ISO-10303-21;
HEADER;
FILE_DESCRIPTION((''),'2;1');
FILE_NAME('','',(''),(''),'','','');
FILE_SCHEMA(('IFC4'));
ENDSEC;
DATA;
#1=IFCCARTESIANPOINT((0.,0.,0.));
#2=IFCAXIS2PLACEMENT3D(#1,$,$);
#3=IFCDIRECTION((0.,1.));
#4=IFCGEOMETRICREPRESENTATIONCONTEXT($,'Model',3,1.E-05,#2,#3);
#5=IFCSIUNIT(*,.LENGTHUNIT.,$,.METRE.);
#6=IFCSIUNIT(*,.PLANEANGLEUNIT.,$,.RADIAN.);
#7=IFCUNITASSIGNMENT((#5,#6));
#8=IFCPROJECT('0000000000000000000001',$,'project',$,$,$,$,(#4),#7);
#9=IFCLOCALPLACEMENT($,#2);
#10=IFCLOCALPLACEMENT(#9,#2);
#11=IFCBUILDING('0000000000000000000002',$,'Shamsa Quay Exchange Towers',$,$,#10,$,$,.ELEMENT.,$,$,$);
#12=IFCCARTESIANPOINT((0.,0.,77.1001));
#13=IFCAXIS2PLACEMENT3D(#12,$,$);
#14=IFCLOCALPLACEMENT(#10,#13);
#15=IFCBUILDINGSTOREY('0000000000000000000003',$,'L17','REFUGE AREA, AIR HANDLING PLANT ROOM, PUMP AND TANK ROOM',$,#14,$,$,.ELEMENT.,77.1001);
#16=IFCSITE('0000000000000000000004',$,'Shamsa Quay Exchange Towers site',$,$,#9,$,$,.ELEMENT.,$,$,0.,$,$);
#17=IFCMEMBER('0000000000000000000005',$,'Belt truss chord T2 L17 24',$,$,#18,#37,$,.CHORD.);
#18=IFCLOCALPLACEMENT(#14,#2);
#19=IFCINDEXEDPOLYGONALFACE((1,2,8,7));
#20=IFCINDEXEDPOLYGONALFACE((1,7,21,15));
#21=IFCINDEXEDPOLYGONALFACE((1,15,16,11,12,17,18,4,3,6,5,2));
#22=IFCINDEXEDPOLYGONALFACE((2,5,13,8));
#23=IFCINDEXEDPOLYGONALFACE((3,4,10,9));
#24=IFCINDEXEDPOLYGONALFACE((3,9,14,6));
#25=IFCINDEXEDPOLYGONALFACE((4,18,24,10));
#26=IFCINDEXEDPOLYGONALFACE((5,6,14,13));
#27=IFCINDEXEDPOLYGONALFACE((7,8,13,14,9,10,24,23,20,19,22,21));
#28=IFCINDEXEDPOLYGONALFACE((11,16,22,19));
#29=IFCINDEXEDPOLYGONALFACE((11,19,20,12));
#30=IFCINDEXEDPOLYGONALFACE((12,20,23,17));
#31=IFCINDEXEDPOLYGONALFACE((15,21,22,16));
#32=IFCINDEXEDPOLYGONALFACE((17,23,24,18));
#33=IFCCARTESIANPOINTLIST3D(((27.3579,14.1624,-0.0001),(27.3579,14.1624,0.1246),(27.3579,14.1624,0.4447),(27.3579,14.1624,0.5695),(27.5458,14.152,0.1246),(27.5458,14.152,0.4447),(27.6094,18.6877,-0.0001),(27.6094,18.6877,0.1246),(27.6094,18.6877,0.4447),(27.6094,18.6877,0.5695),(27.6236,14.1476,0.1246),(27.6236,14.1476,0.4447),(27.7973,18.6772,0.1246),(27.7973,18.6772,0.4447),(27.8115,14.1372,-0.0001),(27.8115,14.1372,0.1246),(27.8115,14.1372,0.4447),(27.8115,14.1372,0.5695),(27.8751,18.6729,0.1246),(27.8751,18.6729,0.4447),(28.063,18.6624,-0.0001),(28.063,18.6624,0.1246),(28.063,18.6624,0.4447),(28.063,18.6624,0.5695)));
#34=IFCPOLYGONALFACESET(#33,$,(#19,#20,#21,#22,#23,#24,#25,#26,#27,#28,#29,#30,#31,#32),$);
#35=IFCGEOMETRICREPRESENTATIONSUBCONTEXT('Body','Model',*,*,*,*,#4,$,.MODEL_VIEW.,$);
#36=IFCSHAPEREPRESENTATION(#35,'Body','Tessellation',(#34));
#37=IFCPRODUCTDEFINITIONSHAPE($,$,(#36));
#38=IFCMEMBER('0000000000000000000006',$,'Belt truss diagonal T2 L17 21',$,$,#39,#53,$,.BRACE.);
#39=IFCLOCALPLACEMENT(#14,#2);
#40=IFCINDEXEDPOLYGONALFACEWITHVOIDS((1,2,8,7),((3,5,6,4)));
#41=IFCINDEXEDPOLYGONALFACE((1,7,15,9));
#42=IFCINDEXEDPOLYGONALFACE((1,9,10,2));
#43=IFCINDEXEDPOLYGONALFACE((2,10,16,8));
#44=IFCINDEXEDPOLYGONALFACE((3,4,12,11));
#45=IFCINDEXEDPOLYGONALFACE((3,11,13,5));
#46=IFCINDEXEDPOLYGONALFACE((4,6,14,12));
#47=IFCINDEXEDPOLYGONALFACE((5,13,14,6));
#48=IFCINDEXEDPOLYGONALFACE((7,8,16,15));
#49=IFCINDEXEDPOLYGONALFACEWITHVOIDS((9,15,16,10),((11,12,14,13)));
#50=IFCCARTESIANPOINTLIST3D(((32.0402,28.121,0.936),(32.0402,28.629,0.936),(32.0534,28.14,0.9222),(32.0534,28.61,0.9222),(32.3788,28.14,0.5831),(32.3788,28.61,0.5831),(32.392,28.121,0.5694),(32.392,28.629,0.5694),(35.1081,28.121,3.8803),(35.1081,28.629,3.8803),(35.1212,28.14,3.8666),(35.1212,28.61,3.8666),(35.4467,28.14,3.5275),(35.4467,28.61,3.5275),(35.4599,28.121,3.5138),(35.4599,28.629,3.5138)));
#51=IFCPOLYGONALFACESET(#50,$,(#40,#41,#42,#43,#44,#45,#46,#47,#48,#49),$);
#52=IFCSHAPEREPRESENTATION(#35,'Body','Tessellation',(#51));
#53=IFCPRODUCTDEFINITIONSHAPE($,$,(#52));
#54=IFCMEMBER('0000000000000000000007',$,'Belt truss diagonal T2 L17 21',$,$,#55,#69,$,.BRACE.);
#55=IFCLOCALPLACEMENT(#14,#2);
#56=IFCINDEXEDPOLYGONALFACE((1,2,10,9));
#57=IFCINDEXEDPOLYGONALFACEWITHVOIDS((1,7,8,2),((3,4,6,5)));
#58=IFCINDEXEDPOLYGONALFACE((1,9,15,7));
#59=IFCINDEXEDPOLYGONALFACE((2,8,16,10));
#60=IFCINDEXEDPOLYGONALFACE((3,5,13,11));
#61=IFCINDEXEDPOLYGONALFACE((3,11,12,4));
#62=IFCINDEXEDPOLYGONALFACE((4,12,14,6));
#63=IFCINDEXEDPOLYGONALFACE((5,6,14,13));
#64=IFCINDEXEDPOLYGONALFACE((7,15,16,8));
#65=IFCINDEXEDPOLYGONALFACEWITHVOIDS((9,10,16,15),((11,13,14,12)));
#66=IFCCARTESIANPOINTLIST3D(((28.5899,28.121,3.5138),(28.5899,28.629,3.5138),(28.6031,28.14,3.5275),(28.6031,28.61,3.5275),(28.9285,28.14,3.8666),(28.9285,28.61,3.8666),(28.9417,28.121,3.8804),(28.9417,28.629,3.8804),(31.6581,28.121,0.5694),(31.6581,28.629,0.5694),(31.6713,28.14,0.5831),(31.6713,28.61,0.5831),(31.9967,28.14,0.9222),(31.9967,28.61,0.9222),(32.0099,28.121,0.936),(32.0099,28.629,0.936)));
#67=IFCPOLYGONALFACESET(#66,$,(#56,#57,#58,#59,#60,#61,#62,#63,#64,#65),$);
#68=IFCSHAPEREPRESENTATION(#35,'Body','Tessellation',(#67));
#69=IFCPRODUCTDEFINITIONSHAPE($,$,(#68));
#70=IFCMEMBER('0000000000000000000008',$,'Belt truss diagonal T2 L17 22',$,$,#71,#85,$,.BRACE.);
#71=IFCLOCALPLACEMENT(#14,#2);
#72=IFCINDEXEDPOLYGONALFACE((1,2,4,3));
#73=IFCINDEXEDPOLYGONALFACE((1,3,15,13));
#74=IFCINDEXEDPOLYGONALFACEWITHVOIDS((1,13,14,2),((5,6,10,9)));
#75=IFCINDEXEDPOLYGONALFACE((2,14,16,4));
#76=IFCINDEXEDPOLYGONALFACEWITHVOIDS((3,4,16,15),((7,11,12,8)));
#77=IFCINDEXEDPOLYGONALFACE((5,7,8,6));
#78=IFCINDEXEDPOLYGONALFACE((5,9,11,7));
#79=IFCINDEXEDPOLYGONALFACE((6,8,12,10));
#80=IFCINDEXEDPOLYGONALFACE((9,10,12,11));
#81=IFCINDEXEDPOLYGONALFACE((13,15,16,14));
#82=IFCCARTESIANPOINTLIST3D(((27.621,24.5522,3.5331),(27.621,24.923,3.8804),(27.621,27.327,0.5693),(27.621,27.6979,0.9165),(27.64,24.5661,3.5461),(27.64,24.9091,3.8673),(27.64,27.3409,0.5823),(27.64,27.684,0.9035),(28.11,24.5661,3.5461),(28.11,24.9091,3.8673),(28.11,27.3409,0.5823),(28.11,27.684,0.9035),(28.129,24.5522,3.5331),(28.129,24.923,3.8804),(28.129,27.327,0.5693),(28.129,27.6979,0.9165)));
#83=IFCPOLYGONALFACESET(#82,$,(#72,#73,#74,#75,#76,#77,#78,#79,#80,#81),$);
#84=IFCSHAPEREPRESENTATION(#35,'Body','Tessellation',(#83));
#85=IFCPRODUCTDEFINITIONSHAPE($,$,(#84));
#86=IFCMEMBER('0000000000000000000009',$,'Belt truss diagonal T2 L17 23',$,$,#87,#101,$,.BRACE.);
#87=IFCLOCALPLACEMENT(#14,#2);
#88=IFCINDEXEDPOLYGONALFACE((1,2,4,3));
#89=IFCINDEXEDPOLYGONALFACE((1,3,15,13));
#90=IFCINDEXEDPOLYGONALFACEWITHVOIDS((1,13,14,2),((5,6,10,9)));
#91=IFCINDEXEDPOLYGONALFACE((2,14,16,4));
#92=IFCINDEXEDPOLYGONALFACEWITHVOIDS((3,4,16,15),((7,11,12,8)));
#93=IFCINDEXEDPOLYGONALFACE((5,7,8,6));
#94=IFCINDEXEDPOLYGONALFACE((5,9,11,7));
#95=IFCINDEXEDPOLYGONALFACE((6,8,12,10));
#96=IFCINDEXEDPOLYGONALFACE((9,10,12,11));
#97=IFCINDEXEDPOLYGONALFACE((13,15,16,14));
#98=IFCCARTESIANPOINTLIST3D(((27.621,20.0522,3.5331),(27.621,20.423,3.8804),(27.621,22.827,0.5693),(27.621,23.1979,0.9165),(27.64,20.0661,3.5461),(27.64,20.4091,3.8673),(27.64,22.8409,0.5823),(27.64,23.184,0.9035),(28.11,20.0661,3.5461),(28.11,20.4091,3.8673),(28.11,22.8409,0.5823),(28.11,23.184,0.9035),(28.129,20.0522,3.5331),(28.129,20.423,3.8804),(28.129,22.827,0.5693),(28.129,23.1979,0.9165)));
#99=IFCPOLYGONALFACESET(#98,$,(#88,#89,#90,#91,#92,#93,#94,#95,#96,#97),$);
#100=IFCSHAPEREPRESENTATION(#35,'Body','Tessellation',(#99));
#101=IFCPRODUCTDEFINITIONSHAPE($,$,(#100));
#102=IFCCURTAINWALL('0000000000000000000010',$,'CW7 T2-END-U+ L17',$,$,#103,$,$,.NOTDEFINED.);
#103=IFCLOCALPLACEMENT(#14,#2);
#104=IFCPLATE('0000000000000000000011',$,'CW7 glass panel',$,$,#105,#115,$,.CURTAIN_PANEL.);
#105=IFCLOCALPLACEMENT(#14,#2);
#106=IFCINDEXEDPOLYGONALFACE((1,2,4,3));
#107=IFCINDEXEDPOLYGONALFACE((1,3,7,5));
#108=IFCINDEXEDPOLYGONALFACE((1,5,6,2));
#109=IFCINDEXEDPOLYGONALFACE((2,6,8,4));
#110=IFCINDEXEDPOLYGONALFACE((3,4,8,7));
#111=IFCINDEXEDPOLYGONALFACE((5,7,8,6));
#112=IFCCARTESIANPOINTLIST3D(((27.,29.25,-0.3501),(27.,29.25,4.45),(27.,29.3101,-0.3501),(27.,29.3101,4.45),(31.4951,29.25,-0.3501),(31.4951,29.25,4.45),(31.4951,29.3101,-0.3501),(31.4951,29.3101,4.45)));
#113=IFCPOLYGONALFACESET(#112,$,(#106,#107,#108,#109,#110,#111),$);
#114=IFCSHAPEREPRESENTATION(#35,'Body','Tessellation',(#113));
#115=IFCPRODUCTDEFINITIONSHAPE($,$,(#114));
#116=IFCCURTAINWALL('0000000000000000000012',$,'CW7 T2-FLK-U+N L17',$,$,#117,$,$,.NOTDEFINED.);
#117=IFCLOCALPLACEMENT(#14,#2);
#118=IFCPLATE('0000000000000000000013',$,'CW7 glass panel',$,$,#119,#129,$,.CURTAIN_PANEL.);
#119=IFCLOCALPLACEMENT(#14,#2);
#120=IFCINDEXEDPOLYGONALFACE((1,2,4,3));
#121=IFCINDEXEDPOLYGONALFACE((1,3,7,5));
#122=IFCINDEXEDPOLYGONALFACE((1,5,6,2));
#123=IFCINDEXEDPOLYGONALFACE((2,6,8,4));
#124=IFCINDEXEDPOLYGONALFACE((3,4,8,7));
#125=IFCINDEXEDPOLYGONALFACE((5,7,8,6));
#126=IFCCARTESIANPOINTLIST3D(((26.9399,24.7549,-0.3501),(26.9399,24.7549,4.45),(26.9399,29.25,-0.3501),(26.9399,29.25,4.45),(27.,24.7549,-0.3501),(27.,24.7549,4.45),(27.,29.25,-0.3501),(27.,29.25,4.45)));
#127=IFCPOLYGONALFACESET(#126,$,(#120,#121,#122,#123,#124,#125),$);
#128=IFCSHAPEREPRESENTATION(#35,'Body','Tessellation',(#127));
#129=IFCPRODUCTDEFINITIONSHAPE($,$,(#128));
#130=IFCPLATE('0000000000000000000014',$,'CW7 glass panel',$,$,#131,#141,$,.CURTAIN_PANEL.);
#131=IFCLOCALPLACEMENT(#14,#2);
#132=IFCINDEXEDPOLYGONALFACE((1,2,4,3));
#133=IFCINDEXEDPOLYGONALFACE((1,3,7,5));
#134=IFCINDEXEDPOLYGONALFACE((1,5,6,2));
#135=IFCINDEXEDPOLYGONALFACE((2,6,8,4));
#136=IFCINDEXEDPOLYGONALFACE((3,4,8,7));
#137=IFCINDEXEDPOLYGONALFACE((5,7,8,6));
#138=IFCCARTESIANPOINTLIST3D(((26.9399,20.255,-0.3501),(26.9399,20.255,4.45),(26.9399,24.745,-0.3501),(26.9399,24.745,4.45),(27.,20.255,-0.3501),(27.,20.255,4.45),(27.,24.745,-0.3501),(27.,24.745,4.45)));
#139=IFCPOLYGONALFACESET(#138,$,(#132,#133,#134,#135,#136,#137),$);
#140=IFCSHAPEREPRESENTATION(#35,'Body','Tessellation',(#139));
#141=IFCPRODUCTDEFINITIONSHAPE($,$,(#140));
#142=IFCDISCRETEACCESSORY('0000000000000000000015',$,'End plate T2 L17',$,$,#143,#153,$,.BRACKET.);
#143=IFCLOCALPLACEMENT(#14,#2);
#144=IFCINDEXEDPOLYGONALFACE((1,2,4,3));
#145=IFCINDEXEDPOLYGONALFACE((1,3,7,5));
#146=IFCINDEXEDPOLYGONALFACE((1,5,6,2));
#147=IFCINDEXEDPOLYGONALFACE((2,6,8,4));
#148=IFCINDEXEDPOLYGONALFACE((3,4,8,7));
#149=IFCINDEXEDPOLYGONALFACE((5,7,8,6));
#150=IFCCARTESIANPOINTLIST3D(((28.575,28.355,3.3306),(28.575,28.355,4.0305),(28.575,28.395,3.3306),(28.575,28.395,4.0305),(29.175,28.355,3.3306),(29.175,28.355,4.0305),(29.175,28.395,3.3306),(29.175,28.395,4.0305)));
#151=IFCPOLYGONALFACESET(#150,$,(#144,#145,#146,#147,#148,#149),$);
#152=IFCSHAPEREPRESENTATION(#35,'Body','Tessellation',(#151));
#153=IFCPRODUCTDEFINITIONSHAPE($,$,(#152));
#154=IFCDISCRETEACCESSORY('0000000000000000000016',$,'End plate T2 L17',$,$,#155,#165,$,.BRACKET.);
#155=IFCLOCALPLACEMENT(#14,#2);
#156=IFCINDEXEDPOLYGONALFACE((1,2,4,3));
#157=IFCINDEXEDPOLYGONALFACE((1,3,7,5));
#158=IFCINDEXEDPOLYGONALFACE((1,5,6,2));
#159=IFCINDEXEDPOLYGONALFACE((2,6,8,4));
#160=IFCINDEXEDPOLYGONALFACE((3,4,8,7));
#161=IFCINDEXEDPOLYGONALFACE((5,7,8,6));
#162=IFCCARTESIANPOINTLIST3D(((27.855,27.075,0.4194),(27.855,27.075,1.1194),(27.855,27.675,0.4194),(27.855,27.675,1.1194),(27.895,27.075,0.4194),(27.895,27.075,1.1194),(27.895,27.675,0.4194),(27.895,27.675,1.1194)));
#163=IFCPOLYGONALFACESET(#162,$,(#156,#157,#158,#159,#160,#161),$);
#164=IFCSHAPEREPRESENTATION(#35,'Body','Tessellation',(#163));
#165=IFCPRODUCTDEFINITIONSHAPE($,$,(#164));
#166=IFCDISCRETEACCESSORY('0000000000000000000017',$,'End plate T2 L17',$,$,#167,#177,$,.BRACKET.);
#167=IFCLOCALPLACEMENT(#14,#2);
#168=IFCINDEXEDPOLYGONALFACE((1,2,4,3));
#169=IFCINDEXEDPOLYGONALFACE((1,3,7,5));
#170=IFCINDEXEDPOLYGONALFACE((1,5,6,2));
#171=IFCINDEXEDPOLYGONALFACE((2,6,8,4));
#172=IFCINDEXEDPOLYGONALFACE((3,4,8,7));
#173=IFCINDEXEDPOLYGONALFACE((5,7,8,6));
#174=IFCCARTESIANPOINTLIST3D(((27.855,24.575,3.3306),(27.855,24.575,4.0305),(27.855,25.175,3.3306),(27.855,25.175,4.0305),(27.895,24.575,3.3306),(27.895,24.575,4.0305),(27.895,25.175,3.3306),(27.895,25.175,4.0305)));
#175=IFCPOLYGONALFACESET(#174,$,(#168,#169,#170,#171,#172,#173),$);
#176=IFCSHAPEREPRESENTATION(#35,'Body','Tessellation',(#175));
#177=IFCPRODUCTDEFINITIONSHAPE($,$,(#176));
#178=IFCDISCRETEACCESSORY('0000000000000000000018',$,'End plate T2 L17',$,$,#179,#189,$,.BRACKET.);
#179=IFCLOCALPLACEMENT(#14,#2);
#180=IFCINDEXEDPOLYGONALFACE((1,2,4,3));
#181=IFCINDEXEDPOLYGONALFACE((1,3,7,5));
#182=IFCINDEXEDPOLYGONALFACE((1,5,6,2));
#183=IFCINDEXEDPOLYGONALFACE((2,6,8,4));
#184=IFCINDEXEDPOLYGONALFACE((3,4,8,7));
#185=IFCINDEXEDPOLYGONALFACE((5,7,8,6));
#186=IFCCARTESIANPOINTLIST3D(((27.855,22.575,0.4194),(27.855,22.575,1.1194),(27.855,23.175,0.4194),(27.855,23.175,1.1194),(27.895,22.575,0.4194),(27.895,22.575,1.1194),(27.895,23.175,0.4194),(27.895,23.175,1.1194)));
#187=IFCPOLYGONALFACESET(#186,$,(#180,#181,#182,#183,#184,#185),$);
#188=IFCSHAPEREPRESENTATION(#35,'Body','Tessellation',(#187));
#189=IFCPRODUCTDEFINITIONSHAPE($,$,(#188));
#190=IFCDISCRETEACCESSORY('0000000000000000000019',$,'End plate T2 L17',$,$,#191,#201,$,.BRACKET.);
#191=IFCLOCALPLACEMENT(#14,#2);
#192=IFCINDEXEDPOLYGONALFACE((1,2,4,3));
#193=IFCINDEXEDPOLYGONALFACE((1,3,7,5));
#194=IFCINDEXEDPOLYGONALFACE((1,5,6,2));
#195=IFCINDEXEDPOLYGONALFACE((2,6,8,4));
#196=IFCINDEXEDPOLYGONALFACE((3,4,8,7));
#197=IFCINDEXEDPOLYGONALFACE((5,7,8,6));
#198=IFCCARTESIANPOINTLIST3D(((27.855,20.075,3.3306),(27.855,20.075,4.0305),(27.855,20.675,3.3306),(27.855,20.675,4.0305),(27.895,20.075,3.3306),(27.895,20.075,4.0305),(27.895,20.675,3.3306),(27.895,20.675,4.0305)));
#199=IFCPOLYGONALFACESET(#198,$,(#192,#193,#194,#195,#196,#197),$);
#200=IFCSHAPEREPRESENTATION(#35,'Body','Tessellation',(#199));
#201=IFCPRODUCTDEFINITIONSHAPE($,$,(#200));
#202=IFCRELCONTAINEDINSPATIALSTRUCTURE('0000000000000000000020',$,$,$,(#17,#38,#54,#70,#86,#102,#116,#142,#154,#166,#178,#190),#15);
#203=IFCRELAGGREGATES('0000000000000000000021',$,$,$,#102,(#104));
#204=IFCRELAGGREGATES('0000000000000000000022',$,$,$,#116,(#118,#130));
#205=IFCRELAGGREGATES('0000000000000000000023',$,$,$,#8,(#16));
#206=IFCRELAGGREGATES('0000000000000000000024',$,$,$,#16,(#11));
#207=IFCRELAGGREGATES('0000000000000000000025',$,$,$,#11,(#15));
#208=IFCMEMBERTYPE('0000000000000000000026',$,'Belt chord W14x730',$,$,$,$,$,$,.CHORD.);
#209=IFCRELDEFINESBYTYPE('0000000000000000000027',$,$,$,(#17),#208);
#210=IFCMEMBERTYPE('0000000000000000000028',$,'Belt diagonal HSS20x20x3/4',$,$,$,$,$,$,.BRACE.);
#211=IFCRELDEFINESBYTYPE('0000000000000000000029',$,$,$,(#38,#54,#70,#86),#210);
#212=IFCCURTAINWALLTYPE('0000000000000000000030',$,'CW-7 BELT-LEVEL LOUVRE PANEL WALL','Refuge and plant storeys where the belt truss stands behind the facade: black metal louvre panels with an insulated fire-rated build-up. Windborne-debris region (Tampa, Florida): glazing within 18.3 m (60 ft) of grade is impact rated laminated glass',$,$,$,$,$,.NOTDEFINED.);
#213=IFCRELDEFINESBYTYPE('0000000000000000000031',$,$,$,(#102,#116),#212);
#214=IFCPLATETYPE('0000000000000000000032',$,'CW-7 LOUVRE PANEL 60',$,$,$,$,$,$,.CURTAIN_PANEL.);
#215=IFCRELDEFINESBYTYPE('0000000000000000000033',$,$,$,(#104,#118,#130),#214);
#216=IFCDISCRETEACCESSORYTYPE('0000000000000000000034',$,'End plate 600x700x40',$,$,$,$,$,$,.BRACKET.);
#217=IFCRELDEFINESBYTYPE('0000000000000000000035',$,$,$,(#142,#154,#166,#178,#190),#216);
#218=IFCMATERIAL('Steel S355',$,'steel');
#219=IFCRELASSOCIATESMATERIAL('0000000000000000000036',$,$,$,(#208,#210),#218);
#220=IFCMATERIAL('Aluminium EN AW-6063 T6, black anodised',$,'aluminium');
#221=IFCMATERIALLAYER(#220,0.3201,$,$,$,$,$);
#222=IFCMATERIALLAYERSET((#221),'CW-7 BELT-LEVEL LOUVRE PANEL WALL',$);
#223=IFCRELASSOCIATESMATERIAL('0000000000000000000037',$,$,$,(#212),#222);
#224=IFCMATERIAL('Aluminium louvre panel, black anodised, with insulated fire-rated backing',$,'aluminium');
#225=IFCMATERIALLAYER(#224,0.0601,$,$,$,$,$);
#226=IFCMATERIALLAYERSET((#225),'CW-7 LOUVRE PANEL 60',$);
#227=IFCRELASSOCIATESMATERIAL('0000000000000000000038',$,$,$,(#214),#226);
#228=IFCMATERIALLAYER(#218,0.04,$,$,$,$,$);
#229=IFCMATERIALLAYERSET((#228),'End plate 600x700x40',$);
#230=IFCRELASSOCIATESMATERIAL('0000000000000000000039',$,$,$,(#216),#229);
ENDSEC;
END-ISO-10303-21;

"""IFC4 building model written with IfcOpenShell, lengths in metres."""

from ifc_helpers import new_model, si_unit, direction, frame, origin, origin_2d, place, context, subcontext, project, spatial, rectangle, hollow_rectangle, i_section, extrude, material, layer, layer_set, material_profile, profile_set, type_object, element, aggregate, save


model = new_model("IFC4")

# Units and contexts
model_context = context("Model", 3, precision=1e-05, world=origin(), true_north=direction((0.0, 1.0)))
body_context = subcontext(model_context, "Body", "Model", "MODEL_VIEW")
ifc_project = project(units=[si_unit("LENGTHUNIT", "METRE"), si_unit("PLANEANGLEUNIT", "RADIAN")], contexts=[model_context])

# Site, building, storey
site_placement = place(None, origin())
site = spatial("IfcSite", under=ifc_project, at=site_placement, Name="Shamsa Quay Exchange Towers site", CompositionType="ELEMENT", RefElevation=0.0)
building_placement = place(site_placement, origin())
building = spatial("IfcBuilding", under=site, at=building_placement, Name="Shamsa Quay Exchange Towers", CompositionType="ELEMENT")
storey_placement = place(building_placement, frame((0.0, 0.0, 77.1001)))
storey = spatial("IfcBuildingStorey", under=building, at=storey_placement, Name="L17", Description="REFUGE AREA, AIR HANDLING PLANT ROOM, PUMP AND TANK ROOM", CompositionType="ELEMENT", Elevation=77.1001)

# Members
ifc_material_1 = material(Name="Steel S355", Category="steel")
ifc_material_profile_1 = material_profile(ifc_material_1, i_section(OverallWidth=0.4543, OverallDepth=0.5696, WebThickness=0.0779, FlangeThickness=0.1248, at=origin_2d()), Name="W14x730")
ifc_profile_set_1 = profile_set([ifc_material_profile_1], Name="Steel S355")
member_type_1 = type_object("IfcMemberType", Name="Belt chord W14x730", PredefinedType="CHORD", material=ifc_profile_set_1)
for number, where, z_axis, x_axis, name in (
    (1, (27.8362, 18.675, 0.2847), (-0.055485, -0.99846, 0.0), (0.99846, -0.055485, 0.0), "Belt truss chord T2 L17 24"),
):
    element("IfcMember", number, at=place(storey_placement, frame(where, z_axis=z_axis, x_axis=x_axis)), inside=storey, type_object=member_type_1, Name=name, PredefinedType="CHORD", context=body_context, shape_type="SweptSolid", body=[
        extrude(i_section(OverallWidth=0.4543, OverallDepth=0.5696, WebThickness=0.0779, FlangeThickness=0.1248, at=origin_2d()), origin(), (0.0, 0.0, 1.0), 4.5322),
    ])
ifc_material_profile_2 = material_profile(ifc_material_1, hollow_rectangle(XDim=0.5081, YDim=0.5081, WallThickness=0.019, at=origin_2d()), Name="HSS20x20x3/4")
ifc_profile_set_2 = profile_set([ifc_material_profile_2], Name="Steel S355")
member_type_2 = type_object("IfcMemberType", Name="Belt diagonal HSS20x20x3/4", PredefinedType="BRACE", material=ifc_profile_set_2)
member_1_placement = place(storey_placement, frame((32.2161, 28.375, 0.7527), z_axis=(0.721484, 0.0, 0.692431), x_axis=(0.0, 1.0, 0.0)))
element("IfcMember", 2, at=member_1_placement, inside=storey, type_object=member_type_2, Name="Belt truss diagonal T2 L17 21", PredefinedType="BRACE", context=body_context, shape_type="SweptSolid", body=[
    extrude(hollow_rectangle(XDim=0.5081, YDim=0.5081, WallThickness=0.019, at=origin_2d()), origin(), (0.0, 0.0, 1.0), 4.2522),
])
member_2_placement = place(storey_placement, frame((31.834, 28.375, 0.7527), z_axis=(-0.721511, 0.0, 0.692403), x_axis=(0.0, -1.0, 0.0)))
element("IfcMember", 3, at=member_2_placement, inside=storey, type_object=member_type_2, Name="Belt truss diagonal T2 L17 21", PredefinedType="BRACE", context=body_context, shape_type="SweptSolid", body=[
    extrude(hollow_rectangle(XDim=0.5081, YDim=0.5081, WallThickness=0.019, at=origin_2d()), origin(), (0.0, 0.0, 1.0), 4.2524),
])
for number, where, z_axis, x_axis, name in (
    (4, (27.875, 27.5125, 0.7429), (0.0, -0.683453, 0.729995), (1.0, 0.0, 0.0), "Belt truss diagonal T2 L17 22"),
    (5, (27.875, 23.0125, 0.7429), (0.0, -0.683453, 0.729995), (1.0, 0.0, 0.0), "Belt truss diagonal T2 L17 23"),
):
    element("IfcMember", number, at=place(storey_placement, frame(where, z_axis=z_axis, x_axis=x_axis)), inside=storey, type_object=member_type_2, Name=name, PredefinedType="BRACE", context=body_context, shape_type="SweptSolid", body=[
        extrude(hollow_rectangle(XDim=0.5081, YDim=0.5081, WallThickness=0.019, at=origin_2d()), origin(), (0.0, 0.0, 1.0), 4.0601),
    ])

# Curtain wall, plate
ifc_material_2 = material(Name="Aluminium EN AW-6063 T6, black anodised", Category="aluminium")
ifc_layer_1 = layer(ifc_material_2, 0.3201)
ifc_layer_set_1 = layer_set([ifc_layer_1], Name="CW-7 BELT-LEVEL LOUVRE PANEL WALL")
curtain_wall_type = type_object("IfcCurtainWallType", Name="CW-7 BELT-LEVEL LOUVRE PANEL WALL", Description="Refuge and plant storeys where the belt truss stands behind the facade: black metal louvre panels with an insulated fire-rated build-up. Windborne-debris region (Tampa, Florida): glazing within 18.3 m (60 ft) of grade is impact rated laminated glass", PredefinedType="NOTDEFINED", material=ifc_layer_set_1)
curtain_wall_1_placement = place(storey_placement, origin())
curtain_wall_1 = element("IfcCurtainWall", 6, at=curtain_wall_1_placement, inside=storey, type_object=curtain_wall_type, Name="CW7 T2-END-U+ L17", PredefinedType="NOTDEFINED")
ifc_material_3 = material(Name="Aluminium louvre panel, black anodised, with insulated fire-rated backing", Category="aluminium")
ifc_layer_2 = layer(ifc_material_3, 0.0601)
ifc_layer_set_2 = layer_set([ifc_layer_2], Name="CW-7 LOUVRE PANEL 60")
plate_type = type_object("IfcPlateType", Name="CW-7 LOUVRE PANEL 60", PredefinedType="CURTAIN_PANEL", material=ifc_layer_set_2)
plate_1_placement = place(storey_placement, frame((29.2476, 29.28, -0.3501), z_axis=(0.0, 0.0, 1.0), x_axis=(-1.0, 0.0, 0.0)))
plate_1 = element("IfcPlate", 7, at=plate_1_placement, type_object=plate_type, Name="CW7 glass panel", PredefinedType="CURTAIN_PANEL", context=body_context, shape_type="SweptSolid", body=[
    extrude(rectangle(XDim=4.4951, YDim=0.0601, at=origin_2d()), origin(), (0.0, 0.0, 1.0), 4.8),
])
aggregate(curtain_wall_1, [plate_1])

# Curtain wall, plates
curtain_wall_2_placement = place(storey_placement, origin())
curtain_wall_2 = element("IfcCurtainWall", 8, at=curtain_wall_2_placement, inside=storey, type_object=curtain_wall_type, Name="CW7 T2-FLK-U+N L17", PredefinedType="NOTDEFINED")
plate_2_placement = place(storey_placement, frame((26.97, 27.0024, -0.3501), z_axis=(0.0, 0.0, 1.0), x_axis=(0.0, -1.0, 0.0)))
plate_2 = element("IfcPlate", 9, at=plate_2_placement, type_object=plate_type, Name="CW7 glass panel", PredefinedType="CURTAIN_PANEL", context=body_context, shape_type="SweptSolid", body=[
    extrude(rectangle(XDim=4.4951, YDim=0.0601, at=origin_2d()), origin(), (0.0, 0.0, 1.0), 4.8),
])
plate_3_placement = place(storey_placement, frame((26.97, 22.5, -0.3501), z_axis=(0.0, 0.0, 1.0), x_axis=(0.0, -1.0, 0.0)))
plate_3 = element("IfcPlate", 10, at=plate_3_placement, type_object=plate_type, Name="CW7 glass panel", PredefinedType="CURTAIN_PANEL", context=body_context, shape_type="SweptSolid", body=[
    extrude(rectangle(XDim=4.49, YDim=0.0601, at=origin_2d()), origin(), (0.0, 0.0, 1.0), 4.8),
])
aggregate(curtain_wall_2, [plate_2, plate_3])

# Discrete accessories
ifc_layer_3 = layer(ifc_material_1, 0.04)
ifc_layer_set_3 = layer_set([ifc_layer_3], Name="End plate 600x700x40")
discrete_accessory_type_1 = type_object("IfcDiscreteAccessoryType", Name="End plate 600x700x40", PredefinedType="BRACKET", material=ifc_layer_set_3)
for number, where, z_axis, x_axis, name in (
    (11, (28.875, 28.375, 3.3306), (0.0, 0.0, 1.0), (-1.0, 0.0, 0.0), "End plate T2 L17"),
    (12, (27.875, 27.375, 0.4194), (0.0, 0.0, 1.0), (0.0, -1.0, 0.0), "End plate T2 L17"),
    (13, (27.875, 24.875, 3.3306), (0.0, 0.0, 1.0), (0.0, -1.0, 0.0), "End plate T2 L17"),
    (14, (27.875, 22.875, 0.4194), (0.0, 0.0, 1.0), (0.0, -1.0, 0.0), "End plate T2 L17"),
    (15, (27.875, 20.375, 3.3306), (0.0, 0.0, 1.0), (0.0, -1.0, 0.0), "End plate T2 L17"),
):
    element("IfcDiscreteAccessory", number, at=place(storey_placement, frame(where, z_axis=z_axis, x_axis=x_axis)), inside=storey, type_object=discrete_accessory_type_1, Name=name, PredefinedType="BRACKET", context=body_context, shape_type="SweptSolid", body=[
        extrude(rectangle(XDim=0.6001, YDim=0.04, at=origin_2d()), origin(), (0.0, 0.0, 1.0), 0.7),
    ])

save(model, "model.ifc")
